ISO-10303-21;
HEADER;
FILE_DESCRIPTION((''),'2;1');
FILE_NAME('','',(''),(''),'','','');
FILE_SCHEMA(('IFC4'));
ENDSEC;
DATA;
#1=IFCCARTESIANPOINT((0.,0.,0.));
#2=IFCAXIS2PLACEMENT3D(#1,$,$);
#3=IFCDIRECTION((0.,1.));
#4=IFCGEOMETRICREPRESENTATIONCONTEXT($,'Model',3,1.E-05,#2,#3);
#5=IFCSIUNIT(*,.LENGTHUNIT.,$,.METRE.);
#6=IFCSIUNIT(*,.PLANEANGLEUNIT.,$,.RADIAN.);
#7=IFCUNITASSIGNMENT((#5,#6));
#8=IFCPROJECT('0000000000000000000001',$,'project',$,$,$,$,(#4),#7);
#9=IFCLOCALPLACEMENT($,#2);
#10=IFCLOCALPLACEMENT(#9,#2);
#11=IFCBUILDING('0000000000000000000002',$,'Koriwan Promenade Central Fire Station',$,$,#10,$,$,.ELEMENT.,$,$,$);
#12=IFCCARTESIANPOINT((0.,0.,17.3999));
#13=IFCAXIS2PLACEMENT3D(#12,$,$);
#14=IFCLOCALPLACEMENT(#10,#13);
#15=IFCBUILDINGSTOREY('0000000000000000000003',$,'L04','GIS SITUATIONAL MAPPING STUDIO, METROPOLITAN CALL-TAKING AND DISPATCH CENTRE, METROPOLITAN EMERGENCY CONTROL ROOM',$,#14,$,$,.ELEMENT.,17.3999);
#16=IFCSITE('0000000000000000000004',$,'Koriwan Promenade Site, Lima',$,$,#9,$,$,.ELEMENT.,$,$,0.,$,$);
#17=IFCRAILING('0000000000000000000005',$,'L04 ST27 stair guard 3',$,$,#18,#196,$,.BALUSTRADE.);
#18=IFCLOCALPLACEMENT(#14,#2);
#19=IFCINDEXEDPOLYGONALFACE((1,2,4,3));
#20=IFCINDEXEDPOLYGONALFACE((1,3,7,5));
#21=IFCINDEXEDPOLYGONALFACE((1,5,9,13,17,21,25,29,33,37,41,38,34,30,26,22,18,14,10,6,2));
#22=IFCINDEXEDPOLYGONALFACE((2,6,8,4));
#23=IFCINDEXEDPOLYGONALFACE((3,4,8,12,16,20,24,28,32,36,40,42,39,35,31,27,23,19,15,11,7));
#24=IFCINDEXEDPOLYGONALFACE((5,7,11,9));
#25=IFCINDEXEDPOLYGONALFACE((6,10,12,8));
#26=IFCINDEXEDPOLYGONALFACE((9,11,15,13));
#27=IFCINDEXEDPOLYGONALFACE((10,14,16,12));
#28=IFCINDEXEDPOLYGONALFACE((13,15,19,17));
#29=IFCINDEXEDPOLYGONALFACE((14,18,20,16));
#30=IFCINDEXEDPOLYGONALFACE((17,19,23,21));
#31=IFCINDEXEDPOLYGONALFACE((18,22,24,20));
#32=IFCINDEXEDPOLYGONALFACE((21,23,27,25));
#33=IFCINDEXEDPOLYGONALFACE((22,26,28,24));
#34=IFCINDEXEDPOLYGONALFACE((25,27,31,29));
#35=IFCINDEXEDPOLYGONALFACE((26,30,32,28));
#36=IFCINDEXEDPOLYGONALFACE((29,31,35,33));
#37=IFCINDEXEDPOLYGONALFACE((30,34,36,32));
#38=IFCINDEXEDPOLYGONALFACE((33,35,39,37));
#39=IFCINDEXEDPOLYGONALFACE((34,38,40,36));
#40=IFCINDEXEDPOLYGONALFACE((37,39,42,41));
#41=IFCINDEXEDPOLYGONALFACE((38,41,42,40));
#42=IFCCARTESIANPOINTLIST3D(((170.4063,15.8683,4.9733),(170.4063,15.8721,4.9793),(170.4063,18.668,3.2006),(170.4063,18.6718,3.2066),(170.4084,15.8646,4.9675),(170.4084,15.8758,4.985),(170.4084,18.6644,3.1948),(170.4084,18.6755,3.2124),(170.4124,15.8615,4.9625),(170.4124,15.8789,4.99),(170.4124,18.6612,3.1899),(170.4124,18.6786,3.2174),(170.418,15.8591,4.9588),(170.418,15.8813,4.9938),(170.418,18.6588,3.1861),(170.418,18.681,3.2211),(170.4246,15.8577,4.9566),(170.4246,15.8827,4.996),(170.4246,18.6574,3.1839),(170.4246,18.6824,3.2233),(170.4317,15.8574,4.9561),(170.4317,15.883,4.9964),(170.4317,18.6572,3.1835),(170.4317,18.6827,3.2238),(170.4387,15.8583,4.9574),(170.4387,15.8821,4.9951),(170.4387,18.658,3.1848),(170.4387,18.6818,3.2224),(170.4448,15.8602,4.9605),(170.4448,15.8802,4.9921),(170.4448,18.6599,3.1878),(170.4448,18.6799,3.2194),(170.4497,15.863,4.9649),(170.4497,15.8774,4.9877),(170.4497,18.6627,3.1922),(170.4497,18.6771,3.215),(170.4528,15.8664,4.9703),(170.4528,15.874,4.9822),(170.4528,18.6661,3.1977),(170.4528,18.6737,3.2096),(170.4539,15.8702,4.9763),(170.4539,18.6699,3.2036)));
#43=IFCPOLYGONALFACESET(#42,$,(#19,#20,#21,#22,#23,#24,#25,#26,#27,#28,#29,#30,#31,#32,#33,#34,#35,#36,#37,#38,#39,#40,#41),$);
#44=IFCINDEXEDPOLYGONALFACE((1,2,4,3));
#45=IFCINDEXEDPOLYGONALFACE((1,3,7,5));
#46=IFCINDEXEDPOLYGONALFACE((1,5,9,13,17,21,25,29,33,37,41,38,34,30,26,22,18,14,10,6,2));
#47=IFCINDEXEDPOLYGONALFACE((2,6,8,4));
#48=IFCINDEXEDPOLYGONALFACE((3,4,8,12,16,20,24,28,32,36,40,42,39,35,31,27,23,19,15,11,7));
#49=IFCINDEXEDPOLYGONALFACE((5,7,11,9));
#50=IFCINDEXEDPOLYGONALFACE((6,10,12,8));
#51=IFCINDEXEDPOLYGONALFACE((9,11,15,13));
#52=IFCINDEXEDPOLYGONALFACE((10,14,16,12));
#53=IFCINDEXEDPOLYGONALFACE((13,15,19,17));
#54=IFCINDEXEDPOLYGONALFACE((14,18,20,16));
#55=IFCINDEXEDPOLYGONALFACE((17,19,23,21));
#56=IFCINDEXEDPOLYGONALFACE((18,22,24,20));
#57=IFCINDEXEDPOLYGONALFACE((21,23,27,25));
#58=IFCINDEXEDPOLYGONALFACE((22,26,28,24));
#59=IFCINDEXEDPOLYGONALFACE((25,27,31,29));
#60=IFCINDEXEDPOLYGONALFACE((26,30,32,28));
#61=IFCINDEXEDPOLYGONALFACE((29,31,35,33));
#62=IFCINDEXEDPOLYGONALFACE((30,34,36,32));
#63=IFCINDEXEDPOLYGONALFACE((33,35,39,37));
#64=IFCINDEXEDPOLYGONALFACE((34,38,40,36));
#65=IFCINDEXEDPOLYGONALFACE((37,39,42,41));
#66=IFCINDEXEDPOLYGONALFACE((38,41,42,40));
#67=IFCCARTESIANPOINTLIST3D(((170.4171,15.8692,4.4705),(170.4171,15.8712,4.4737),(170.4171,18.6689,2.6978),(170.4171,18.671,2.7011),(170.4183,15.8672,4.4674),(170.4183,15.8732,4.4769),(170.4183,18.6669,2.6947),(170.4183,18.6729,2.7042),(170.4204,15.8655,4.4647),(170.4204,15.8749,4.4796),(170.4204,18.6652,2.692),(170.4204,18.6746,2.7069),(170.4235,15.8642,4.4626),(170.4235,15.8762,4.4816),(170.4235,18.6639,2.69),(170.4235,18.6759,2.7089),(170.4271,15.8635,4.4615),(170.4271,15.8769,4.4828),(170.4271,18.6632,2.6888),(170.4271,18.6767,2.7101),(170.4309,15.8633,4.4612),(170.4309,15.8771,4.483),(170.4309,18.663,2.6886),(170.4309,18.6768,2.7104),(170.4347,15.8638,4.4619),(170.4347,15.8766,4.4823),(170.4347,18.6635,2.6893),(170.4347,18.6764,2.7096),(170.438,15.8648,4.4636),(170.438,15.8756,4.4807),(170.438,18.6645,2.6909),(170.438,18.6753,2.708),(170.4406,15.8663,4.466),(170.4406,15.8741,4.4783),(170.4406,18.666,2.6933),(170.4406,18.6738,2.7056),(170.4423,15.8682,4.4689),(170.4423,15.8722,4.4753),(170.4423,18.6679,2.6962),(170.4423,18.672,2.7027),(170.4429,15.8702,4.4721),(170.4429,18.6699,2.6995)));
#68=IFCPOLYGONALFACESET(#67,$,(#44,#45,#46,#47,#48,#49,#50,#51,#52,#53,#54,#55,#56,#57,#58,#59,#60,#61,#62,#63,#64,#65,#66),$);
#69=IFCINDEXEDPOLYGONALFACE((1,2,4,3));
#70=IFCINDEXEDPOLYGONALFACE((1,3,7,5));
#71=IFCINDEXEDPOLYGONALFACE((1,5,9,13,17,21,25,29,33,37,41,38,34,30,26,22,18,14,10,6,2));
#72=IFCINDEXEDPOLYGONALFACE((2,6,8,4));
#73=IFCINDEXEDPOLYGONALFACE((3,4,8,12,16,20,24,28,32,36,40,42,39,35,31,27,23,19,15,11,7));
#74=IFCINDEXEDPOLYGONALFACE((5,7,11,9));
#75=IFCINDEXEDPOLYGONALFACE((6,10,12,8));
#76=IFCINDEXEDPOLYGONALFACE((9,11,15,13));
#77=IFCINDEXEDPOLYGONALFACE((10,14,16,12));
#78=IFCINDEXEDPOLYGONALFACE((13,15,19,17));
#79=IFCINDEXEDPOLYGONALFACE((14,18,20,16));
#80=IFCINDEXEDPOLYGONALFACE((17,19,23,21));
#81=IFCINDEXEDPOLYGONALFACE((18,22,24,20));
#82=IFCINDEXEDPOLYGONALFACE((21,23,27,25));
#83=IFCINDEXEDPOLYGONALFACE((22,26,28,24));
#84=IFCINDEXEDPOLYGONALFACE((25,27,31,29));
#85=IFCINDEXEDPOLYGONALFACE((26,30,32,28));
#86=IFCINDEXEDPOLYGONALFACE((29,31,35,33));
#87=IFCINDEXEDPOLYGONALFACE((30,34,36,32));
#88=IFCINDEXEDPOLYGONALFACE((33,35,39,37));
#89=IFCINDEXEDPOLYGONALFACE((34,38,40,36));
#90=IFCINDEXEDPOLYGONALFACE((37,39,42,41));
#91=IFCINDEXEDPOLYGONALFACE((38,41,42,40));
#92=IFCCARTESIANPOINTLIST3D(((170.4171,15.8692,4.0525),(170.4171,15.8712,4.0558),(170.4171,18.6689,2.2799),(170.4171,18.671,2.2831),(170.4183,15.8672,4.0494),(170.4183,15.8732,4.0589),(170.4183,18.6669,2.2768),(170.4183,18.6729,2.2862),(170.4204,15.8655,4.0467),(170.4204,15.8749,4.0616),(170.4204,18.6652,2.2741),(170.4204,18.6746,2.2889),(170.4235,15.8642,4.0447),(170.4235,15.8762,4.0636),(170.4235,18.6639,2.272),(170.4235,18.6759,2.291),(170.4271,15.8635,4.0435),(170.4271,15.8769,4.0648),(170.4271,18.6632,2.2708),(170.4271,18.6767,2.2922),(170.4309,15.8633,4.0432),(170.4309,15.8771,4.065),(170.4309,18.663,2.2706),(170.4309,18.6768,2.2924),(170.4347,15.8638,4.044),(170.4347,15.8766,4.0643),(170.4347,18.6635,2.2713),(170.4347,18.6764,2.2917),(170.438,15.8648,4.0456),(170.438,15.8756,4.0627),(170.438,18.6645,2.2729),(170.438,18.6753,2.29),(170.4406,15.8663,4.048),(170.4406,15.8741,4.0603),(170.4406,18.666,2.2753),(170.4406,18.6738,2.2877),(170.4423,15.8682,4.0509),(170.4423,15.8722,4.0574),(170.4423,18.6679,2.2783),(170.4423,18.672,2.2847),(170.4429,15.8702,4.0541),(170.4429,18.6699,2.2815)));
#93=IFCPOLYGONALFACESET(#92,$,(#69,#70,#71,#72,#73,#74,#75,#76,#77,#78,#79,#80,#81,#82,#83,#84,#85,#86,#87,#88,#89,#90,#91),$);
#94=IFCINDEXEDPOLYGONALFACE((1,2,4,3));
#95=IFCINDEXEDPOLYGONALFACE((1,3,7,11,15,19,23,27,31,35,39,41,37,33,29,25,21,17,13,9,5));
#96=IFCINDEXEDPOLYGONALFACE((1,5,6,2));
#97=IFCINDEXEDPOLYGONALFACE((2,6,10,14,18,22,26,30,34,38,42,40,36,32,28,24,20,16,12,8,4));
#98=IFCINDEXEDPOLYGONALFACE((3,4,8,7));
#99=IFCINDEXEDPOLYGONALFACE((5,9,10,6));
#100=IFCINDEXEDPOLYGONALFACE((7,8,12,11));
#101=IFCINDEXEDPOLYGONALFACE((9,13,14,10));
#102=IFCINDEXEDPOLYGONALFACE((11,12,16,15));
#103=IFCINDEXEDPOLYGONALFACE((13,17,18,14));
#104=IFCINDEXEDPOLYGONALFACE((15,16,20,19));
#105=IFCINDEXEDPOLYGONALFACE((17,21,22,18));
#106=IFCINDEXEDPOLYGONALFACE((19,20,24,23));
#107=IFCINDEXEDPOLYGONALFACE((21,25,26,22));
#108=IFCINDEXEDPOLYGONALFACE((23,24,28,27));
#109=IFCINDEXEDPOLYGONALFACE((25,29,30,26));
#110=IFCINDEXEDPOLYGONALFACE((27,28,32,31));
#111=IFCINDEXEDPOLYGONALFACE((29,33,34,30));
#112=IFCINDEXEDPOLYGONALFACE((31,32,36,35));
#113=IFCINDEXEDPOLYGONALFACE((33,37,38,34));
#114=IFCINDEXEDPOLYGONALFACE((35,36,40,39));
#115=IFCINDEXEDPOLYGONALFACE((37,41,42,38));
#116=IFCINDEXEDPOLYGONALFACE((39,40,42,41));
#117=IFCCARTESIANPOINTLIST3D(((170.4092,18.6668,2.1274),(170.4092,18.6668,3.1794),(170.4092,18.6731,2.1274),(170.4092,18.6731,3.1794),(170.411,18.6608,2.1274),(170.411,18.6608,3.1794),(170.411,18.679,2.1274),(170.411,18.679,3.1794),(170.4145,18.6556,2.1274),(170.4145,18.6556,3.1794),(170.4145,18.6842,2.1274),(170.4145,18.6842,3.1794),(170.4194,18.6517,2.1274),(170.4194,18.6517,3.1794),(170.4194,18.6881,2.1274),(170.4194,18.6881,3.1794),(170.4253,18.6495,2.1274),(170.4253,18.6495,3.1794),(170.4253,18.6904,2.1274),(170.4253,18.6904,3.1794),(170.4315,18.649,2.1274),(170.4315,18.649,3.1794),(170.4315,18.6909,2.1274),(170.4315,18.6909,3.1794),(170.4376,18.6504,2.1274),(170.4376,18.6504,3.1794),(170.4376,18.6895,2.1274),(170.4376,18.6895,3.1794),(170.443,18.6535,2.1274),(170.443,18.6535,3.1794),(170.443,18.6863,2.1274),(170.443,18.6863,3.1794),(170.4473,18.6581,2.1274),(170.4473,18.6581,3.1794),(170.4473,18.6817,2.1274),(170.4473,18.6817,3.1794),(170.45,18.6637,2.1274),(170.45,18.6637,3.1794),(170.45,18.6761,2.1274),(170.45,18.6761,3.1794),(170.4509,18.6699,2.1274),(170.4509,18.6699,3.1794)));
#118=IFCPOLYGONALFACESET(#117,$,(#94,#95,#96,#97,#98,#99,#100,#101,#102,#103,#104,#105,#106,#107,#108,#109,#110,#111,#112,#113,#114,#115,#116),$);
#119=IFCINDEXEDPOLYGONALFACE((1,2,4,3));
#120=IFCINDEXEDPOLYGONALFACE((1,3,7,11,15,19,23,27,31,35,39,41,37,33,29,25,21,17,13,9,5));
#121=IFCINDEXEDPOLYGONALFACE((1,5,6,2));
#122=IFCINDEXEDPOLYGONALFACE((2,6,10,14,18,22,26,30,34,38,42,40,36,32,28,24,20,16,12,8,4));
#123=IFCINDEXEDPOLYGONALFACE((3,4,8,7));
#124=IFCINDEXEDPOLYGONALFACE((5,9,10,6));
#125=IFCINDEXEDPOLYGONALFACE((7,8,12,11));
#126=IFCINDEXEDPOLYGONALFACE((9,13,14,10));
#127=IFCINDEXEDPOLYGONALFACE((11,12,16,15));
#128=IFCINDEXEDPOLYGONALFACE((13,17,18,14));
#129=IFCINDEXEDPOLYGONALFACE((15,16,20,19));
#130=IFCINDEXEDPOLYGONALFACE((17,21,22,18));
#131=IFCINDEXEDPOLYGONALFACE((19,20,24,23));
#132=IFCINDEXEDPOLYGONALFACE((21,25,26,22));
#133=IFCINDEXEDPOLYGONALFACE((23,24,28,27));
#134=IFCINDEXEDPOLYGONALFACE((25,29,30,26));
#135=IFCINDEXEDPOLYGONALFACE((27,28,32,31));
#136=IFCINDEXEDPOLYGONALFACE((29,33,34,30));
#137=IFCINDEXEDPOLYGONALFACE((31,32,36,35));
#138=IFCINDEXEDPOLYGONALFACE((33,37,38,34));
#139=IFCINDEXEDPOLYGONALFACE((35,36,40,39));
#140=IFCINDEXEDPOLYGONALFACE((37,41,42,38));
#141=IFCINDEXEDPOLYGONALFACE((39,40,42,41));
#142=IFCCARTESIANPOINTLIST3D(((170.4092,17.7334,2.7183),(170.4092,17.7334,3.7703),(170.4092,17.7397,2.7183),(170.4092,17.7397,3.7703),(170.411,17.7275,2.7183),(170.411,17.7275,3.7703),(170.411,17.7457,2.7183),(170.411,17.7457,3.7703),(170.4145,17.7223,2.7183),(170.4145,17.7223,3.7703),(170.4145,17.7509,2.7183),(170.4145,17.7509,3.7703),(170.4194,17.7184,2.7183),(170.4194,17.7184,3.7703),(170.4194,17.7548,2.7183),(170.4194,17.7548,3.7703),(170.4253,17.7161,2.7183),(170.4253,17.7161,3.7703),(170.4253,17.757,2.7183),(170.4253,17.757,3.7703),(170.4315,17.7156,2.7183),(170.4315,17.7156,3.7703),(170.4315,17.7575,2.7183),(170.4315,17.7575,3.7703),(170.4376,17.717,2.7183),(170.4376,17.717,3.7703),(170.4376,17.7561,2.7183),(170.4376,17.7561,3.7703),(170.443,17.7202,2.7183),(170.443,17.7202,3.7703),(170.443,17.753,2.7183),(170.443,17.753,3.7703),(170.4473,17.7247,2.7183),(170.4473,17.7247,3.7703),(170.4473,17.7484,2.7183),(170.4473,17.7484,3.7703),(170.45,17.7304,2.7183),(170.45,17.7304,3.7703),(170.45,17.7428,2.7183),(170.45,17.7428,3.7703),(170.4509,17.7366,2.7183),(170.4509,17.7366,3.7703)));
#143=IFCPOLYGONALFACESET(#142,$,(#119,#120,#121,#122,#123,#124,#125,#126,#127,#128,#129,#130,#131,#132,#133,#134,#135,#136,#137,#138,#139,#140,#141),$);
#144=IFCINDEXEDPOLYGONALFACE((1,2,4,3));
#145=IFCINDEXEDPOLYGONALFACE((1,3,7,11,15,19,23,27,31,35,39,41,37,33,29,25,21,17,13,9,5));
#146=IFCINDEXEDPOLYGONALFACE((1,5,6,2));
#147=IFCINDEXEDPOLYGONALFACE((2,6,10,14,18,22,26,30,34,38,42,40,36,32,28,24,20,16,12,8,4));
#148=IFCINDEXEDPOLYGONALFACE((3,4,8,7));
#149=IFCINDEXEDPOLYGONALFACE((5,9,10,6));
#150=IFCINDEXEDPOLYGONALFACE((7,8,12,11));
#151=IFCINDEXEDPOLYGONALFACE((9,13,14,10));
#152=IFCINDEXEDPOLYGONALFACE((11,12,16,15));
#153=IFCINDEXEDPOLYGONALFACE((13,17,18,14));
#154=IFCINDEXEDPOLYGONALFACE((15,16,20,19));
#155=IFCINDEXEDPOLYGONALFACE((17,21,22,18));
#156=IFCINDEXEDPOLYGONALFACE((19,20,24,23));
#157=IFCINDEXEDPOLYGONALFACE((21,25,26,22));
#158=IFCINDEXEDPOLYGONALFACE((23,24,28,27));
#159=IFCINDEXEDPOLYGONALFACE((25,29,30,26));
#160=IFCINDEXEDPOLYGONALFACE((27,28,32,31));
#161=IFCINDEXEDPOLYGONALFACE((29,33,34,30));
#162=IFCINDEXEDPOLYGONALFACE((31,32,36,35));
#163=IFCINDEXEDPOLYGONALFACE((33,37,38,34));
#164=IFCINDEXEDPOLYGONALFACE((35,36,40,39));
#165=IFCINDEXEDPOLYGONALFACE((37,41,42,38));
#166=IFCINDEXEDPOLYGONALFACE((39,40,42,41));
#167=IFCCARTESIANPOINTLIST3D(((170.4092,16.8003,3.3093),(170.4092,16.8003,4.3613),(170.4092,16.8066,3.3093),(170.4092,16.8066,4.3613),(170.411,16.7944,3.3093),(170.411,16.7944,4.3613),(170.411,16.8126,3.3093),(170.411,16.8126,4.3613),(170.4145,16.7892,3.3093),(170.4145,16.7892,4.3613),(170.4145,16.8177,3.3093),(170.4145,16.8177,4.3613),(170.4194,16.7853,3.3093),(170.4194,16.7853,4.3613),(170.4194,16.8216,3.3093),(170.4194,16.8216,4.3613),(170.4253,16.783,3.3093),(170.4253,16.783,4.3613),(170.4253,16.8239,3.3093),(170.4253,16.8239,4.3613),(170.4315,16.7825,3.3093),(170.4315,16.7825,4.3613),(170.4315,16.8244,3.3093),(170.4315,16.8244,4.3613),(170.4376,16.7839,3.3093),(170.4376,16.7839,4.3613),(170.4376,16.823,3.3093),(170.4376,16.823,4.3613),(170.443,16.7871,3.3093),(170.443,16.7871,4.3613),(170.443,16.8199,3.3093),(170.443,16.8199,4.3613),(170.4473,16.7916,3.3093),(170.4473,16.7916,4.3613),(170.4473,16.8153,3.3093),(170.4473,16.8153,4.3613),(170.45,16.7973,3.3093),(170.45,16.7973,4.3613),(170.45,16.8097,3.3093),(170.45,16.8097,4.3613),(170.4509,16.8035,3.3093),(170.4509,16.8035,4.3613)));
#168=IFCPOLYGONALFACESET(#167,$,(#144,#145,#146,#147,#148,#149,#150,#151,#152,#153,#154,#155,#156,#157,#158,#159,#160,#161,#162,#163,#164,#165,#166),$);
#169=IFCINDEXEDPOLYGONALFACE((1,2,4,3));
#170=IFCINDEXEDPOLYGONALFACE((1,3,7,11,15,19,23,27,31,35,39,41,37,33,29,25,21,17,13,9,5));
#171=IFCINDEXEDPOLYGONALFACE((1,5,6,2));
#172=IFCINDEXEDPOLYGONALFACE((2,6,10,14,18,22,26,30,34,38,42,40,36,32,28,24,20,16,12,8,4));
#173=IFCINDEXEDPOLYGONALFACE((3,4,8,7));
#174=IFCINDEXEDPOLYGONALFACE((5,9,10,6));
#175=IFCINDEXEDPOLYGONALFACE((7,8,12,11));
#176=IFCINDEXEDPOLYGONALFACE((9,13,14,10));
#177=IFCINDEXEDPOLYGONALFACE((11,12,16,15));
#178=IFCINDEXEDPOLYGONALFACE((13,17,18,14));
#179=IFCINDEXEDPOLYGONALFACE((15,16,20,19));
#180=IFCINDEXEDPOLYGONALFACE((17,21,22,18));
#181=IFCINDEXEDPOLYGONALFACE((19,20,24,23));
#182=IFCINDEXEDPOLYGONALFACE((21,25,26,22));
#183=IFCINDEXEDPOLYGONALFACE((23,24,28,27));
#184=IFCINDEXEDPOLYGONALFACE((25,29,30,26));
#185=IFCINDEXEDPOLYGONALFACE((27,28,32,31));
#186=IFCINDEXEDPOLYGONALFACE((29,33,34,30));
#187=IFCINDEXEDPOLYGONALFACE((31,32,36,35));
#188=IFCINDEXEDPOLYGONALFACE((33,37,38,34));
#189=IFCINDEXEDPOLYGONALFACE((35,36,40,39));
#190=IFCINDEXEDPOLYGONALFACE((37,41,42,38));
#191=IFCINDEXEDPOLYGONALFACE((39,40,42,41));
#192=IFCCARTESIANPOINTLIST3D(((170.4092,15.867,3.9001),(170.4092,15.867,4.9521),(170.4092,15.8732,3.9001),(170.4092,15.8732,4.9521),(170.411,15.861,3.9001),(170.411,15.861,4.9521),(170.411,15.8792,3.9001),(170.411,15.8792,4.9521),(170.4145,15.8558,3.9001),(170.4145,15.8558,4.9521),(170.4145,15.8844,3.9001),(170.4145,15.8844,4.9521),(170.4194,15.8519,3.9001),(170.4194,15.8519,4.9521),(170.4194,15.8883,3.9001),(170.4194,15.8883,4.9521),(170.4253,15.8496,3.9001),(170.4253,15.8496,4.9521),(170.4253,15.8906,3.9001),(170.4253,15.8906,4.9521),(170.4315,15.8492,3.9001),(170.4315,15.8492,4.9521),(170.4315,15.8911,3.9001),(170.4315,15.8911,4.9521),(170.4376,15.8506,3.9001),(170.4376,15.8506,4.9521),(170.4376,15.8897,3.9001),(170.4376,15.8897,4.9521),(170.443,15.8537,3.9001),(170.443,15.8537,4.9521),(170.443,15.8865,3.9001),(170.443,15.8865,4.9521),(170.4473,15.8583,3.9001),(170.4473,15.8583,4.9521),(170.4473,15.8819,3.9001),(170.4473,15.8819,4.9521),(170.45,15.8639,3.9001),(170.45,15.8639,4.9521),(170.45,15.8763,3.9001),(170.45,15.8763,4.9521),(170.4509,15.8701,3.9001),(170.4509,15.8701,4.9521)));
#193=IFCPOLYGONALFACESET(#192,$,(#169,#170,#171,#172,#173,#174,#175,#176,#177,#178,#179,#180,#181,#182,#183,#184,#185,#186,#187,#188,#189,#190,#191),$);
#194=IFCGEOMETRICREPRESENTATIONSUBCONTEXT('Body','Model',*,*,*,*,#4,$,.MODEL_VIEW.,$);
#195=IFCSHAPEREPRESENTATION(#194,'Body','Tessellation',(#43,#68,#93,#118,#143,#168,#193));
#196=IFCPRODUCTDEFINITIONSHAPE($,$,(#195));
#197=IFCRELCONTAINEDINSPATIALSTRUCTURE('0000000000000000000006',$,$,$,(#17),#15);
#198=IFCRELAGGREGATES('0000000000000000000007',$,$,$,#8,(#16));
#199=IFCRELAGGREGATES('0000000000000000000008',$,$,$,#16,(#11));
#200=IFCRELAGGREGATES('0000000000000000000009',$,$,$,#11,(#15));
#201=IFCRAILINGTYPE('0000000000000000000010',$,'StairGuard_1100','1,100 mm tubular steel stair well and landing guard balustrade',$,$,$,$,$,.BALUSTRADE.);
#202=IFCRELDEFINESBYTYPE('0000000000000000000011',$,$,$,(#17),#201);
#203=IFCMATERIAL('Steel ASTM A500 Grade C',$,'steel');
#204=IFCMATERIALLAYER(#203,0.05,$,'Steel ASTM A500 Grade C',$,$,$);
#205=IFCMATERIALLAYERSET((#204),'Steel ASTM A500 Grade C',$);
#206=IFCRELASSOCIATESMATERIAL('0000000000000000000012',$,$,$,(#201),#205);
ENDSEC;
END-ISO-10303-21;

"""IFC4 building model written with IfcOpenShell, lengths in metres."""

from ifc_helpers import new_model, si_unit, direction, frame, origin, origin_2d, place, context, subcontext, project, spatial, circle, extrude, material, layer, layer_set, type_object, element, save


model = new_model("IFC4")

# Units and contexts
model_context = context("Model", 3, precision=1e-05, world=origin(), true_north=direction((0.0, 1.0)))
body_context = subcontext(model_context, "Body", "Model", "MODEL_VIEW")
ifc_project = project(units=[si_unit("LENGTHUNIT", "METRE"), si_unit("PLANEANGLEUNIT", "RADIAN")], contexts=[model_context])

# Site, building, storey
site_placement = place(None, origin())
site = spatial("IfcSite", under=ifc_project, at=site_placement, Name="Koriwan Promenade Site, Lima", CompositionType="ELEMENT", RefElevation=0.0)
building_placement = place(site_placement, origin())
building = spatial("IfcBuilding", under=site, at=building_placement, Name="Koriwan Promenade Central Fire Station", CompositionType="ELEMENT")
storey_placement = place(building_placement, frame((0.0, 0.0, 17.3999)))
storey = spatial("IfcBuildingStorey", under=building, at=storey_placement, Name="L04", Description="GIS SITUATIONAL MAPPING STUDIO, METROPOLITAN CALL-TAKING AND DISPATCH CENTRE, METROPOLITAN EMERGENCY CONTROL ROOM", CompositionType="ELEMENT", Elevation=17.3999)

# Railing
ifc_material_1 = material(Name="Steel ASTM A500 Grade C", Category="steel")
ifc_layer_1 = layer(ifc_material_1, 0.05, Name="Steel ASTM A500 Grade C")
ifc_layer_set_1 = layer_set([ifc_layer_1], Name="Steel ASTM A500 Grade C")
railing_type_1 = type_object("IfcRailingType", Name="StairGuard_1100", Description="1,100 mm tubular steel stair well and landing guard balustrade", PredefinedType="BALUSTRADE", material=ifc_layer_set_1)
railing_1_placement = place(storey_placement, frame((170.4299, 18.6699, 2.1274)))
element("IfcRailing", 1, at=railing_1_placement, inside=storey, type_object=railing_type_1, Name="L04 ST27 stair guard 3", PredefinedType="BALUSTRADE", context=body_context, shape_type="SweptSolid", body=[
    extrude(circle(Radius=0.0239, at=origin_2d()), frame((0.0, 0.0, 1.0762), z_axis=(0.0, -0.844888, 0.534943), x_axis=(1.0, 0.0, 0.0)), (0.0, 0.0, 1.0), 3.3137),
    extrude(circle(Radius=0.0129, at=origin_2d()), frame((0.0, 0.0, 0.572), z_axis=(0.0, -0.844888, 0.534943), x_axis=(1.0, 0.0, 0.0)), (0.0, 0.0, 1.0), 3.3137),
    extrude(circle(Radius=0.0129, at=origin_2d()), frame((0.0, 0.0, 0.1541), z_axis=(0.0, -0.844888, 0.534943), x_axis=(1.0, 0.0, 0.0)), (0.0, 0.0, 1.0), 3.3137),
    extrude(circle(Radius=0.021, at=origin_2d()), origin(), (0.0, 0.0, 1.0), 1.052),
    extrude(circle(Radius=0.021, at=origin_2d()), frame((0.0, -0.9333, 0.5908)), (0.0, 0.0, 1.0), 1.052),
    extrude(circle(Radius=0.021, at=origin_2d()), frame((0.0, -1.8665, 1.1819)), (0.0, 0.0, 1.0), 1.052),
    extrude(circle(Radius=0.021, at=origin_2d()), frame((0.0, -2.7998, 1.7727)), (0.0, 0.0, 1.0), 1.052),
])

save(model, "model.ifc")
